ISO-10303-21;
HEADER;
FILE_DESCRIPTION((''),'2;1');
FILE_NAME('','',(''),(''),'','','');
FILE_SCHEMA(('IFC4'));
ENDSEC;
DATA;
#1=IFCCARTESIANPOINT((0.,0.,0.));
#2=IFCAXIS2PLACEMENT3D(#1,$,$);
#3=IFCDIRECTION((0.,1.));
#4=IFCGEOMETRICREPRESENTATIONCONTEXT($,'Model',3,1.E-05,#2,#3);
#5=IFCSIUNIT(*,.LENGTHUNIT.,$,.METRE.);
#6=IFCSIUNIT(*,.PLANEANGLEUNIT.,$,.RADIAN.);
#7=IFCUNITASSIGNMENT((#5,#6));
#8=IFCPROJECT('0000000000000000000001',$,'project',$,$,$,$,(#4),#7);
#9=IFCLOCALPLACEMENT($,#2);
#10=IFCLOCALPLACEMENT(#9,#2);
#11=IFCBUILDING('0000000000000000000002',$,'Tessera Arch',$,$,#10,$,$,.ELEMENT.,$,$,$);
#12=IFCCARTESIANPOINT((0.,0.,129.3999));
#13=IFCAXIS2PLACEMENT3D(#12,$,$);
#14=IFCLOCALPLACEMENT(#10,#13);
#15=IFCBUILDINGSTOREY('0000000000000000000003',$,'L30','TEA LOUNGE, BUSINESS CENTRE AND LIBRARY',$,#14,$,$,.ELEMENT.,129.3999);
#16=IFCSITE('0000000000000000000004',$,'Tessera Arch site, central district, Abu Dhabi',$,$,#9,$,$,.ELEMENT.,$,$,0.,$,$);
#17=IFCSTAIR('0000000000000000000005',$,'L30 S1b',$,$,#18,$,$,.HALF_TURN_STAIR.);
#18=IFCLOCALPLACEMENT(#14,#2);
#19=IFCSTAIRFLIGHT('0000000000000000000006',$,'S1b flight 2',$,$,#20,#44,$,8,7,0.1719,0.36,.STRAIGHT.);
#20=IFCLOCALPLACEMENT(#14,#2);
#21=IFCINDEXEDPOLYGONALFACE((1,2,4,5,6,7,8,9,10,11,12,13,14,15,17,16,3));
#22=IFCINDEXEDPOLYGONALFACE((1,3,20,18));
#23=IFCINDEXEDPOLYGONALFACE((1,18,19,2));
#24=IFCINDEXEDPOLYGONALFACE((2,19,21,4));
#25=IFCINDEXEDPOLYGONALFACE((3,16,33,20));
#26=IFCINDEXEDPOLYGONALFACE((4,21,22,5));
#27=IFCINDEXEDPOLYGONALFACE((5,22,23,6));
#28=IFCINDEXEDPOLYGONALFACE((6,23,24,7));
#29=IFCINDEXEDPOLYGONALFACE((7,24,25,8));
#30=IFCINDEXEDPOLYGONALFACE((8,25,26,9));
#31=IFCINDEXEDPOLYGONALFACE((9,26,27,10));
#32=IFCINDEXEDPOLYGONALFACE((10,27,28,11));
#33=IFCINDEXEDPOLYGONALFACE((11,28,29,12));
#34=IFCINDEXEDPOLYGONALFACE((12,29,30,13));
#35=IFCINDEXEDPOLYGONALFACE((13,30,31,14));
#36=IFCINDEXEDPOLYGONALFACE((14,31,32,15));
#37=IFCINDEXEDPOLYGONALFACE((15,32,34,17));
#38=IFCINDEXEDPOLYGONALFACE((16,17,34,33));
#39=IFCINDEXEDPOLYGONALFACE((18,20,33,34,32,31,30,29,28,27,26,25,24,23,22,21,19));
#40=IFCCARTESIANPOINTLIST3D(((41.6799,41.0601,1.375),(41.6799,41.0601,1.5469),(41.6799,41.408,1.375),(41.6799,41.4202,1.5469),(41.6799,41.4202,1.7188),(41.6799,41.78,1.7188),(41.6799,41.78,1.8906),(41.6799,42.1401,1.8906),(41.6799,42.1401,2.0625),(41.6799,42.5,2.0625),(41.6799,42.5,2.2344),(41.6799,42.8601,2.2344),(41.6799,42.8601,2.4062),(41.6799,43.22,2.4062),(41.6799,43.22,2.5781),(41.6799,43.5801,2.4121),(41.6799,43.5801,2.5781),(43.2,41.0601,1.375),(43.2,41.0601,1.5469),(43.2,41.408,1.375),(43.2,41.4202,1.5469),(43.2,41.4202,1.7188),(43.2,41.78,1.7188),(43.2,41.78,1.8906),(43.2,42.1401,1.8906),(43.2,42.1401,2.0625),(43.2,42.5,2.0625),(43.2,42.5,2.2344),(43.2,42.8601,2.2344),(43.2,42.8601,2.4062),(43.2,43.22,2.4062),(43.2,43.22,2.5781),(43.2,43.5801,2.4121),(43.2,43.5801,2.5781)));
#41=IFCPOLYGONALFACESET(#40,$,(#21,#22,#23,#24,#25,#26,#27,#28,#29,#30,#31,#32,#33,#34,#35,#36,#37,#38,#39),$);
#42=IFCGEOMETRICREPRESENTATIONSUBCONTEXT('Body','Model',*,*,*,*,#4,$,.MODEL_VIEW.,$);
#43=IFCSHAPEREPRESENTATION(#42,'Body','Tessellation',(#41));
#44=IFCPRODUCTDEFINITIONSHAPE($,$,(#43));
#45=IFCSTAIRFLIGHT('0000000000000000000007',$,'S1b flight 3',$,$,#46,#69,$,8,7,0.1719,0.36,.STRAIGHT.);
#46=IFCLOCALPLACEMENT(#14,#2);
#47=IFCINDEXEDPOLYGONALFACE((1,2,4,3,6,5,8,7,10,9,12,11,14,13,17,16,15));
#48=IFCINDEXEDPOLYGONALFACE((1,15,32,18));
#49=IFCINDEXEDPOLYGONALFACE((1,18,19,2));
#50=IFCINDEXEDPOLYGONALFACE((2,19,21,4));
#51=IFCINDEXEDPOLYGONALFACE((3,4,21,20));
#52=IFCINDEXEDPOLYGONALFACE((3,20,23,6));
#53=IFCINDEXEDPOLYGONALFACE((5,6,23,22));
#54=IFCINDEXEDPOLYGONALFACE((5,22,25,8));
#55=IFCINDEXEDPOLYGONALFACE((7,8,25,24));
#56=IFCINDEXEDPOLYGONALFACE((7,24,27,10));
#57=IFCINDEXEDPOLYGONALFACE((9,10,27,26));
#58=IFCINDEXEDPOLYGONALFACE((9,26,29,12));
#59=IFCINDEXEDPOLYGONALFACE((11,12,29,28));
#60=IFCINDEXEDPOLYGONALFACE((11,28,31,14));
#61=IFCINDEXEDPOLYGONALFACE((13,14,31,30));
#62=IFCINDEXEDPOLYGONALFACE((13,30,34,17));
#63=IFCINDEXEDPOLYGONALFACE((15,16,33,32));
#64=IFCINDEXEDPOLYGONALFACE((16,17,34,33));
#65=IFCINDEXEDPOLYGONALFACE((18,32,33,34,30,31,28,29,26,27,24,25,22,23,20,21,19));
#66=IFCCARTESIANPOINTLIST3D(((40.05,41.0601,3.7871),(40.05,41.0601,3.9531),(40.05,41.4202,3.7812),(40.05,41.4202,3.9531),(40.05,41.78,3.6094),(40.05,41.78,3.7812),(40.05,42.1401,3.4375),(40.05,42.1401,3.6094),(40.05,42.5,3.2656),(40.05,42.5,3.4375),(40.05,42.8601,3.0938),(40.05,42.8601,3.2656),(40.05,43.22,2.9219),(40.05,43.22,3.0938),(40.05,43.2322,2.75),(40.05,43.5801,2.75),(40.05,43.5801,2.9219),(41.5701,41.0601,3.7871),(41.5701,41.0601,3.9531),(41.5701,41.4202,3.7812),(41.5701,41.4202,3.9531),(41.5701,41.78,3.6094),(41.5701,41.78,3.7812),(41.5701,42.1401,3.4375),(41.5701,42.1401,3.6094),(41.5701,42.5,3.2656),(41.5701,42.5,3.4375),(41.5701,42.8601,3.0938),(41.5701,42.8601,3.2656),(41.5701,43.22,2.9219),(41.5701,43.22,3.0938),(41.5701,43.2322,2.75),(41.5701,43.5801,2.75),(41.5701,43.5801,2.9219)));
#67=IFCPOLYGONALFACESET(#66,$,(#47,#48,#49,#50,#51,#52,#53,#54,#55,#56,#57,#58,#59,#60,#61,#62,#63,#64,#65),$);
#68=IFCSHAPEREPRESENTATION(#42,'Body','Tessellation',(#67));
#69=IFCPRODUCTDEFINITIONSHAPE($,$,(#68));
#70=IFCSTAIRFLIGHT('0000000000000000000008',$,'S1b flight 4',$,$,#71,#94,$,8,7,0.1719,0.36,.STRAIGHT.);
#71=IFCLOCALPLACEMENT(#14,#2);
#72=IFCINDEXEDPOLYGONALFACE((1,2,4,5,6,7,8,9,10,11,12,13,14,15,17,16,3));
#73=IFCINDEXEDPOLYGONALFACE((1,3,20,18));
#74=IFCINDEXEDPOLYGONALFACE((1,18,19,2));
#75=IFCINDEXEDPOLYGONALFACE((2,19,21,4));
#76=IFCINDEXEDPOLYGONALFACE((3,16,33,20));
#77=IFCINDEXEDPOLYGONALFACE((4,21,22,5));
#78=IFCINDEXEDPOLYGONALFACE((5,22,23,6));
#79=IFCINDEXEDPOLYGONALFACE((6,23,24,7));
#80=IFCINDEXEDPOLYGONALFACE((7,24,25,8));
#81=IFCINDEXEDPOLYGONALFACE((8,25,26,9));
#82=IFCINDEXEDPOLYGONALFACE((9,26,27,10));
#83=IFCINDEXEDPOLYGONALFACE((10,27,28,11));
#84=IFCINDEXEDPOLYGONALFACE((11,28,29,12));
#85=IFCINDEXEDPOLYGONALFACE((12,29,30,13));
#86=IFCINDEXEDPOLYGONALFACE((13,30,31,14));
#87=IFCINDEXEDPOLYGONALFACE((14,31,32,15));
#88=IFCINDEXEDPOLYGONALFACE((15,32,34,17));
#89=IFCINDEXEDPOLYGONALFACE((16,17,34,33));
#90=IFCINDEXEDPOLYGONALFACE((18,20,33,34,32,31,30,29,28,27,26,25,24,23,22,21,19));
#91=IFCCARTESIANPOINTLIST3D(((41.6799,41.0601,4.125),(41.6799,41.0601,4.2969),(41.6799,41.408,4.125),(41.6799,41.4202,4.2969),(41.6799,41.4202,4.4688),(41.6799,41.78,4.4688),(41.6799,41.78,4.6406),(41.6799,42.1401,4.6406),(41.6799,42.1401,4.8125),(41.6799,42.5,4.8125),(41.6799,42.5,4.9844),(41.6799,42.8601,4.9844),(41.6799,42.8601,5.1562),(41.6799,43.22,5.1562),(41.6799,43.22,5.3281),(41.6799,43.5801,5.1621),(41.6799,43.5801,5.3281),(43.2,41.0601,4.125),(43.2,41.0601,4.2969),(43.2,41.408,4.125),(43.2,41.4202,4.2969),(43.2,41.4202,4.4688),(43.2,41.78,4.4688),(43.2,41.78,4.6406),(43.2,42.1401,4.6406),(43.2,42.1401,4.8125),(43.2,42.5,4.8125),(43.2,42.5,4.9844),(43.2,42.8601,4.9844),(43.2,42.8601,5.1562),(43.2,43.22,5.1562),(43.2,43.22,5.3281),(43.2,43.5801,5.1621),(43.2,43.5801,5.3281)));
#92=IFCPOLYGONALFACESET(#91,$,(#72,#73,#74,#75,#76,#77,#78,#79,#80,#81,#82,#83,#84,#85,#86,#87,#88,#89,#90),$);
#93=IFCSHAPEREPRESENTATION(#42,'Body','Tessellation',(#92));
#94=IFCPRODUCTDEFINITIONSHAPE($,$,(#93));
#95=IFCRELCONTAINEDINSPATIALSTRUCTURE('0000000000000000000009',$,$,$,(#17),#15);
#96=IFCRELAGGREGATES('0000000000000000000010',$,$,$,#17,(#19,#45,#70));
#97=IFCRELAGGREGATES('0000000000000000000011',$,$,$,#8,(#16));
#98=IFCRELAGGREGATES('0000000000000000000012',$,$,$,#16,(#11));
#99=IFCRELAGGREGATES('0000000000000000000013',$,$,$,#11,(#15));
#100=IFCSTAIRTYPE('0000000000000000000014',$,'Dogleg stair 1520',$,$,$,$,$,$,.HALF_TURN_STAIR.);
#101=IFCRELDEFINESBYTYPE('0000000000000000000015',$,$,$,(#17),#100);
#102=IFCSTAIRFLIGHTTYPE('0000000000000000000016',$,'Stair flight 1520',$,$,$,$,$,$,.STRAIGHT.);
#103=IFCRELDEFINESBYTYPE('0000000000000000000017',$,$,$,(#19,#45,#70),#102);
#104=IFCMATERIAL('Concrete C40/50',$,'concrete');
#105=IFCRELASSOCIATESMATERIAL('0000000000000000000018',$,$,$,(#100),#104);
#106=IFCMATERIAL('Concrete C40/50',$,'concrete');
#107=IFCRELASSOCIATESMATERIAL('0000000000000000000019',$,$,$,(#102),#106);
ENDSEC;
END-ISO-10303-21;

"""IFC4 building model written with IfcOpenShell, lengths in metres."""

from ifc_helpers import new_model, si_unit, direction, frame, origin, place, context, subcontext, project, spatial, polyline, outline, extrude, material, type_object, element, aggregate, save


model = new_model("IFC4")

# Units and contexts
model_context = context("Model", 3, precision=1e-05, world=origin(), true_north=direction((0.0, 1.0)))
body_context = subcontext(model_context, "Body", "Model", "MODEL_VIEW")
ifc_project = project(units=[si_unit("LENGTHUNIT", "METRE"), si_unit("PLANEANGLEUNIT", "RADIAN")], contexts=[model_context])

# Site, building, storey
site_placement = place(None, origin())
site = spatial("IfcSite", under=ifc_project, at=site_placement, Name="Tessera Arch site, central district, Abu Dhabi", CompositionType="ELEMENT", RefElevation=0.0)
building_placement = place(site_placement, origin())
building = spatial("IfcBuilding", under=site, at=building_placement, Name="Tessera Arch", CompositionType="ELEMENT")
storey_placement = place(building_placement, frame((0.0, 0.0, 129.3999)))
storey = spatial("IfcBuildingStorey", under=building, at=storey_placement, Name="L30", Description="TEA LOUNGE, BUSINESS CENTRE AND LIBRARY", CompositionType="ELEMENT", Elevation=129.3999)

# Stair, stair flights
ifc_material_1 = material(Name="Concrete C40/50", Category="concrete")
stair_type = type_object("IfcStairType", Name="Dogleg stair 1520", PredefinedType="HALF_TURN_STAIR", material=ifc_material_1)
ifc_material_2 = material(Name="Concrete C40/50", Category="concrete")
stair_flight_type = type_object("IfcStairFlightType", Name="Stair flight 1520", PredefinedType="STRAIGHT", material=ifc_material_2)
stair_1_placement = place(storey_placement, origin())
stair_1 = element("IfcStair", 1, at=stair_1_placement, inside=storey, type_object=stair_type, Name="L30 S1b", PredefinedType="HALF_TURN_STAIR")
stair_flight_1_placement = place(storey_placement, frame((42.4399, 41.0601, 1.375), z_axis=(0.0, 0.0, 1.0), x_axis=(0.0, 1.0, 0.0)))
stair_flight_1 = element("IfcStairFlight", 2, at=stair_flight_1_placement, type_object=stair_flight_type, Name="S1b flight 2", NumberOfRisers=8, NumberOfTreads=7, PredefinedType="STRAIGHT", RiserHeight=0.1719, TreadLength=0.36, context=body_context, shape_type="SweptSolid", body=[
    extrude(outline(polyline([(0.0, 0.0), (0.0, 0.1719), (0.3601, 0.1719), (0.3601, 0.3438), (0.72, 0.3438), (0.72, 0.5156), (1.0801, 0.5156), (1.0801, 0.6875), (1.4399, 0.6875), (1.4399, 0.8594), (1.8, 0.8594), (1.8, 1.0312), (2.1599, 1.0312), (2.1599, 1.2031), (2.52, 1.2031), (2.52, 1.375), (2.52, 1.0371), (0.3479, 0.0), (0.0, 0.0)])), frame((0.0, 0.76, 0.0), z_axis=(0.0, -1.0, 0.0), x_axis=(1.0, 0.0, 0.0)), (0.0, 0.0, 1.0), 1.52),
])
stair_flight_2_placement = place(storey_placement, frame((40.8101, 43.5801, 2.75), z_axis=(0.0, 0.0, 1.0), x_axis=(0.0, -1.0, 0.0)))
stair_flight_2 = element("IfcStairFlight", 3, at=stair_flight_2_placement, type_object=stair_flight_type, Name="S1b flight 3", NumberOfRisers=8, NumberOfTreads=7, PredefinedType="STRAIGHT", RiserHeight=0.1719, TreadLength=0.36, context=body_context, shape_type="SweptSolid", body=[
    extrude(outline(polyline([(0.0, 0.0), (0.0, 0.1719), (0.3601, 0.1719), (0.3601, 0.3438), (0.72, 0.3438), (0.72, 0.5156), (1.0801, 0.5156), (1.0801, 0.6875), (1.4399, 0.6875), (1.4399, 0.8594), (1.8, 0.8594), (1.8, 1.0312), (2.1599, 1.0312), (2.1599, 1.2031), (2.52, 1.2031), (2.52, 1.375), (2.52, 1.0371), (0.3479, 0.0), (0.0, 0.0)])), frame((0.0, 0.76, 0.0), z_axis=(0.0, -1.0, 0.0), x_axis=(1.0, 0.0, 0.0)), (0.0, 0.0, 1.0), 1.52),
])
stair_flight_3_placement = place(storey_placement, frame((42.4399, 41.0601, 4.125), z_axis=(0.0, 0.0, 1.0), x_axis=(0.0, 1.0, 0.0)))
stair_flight_3 = element("IfcStairFlight", 4, at=stair_flight_3_placement, type_object=stair_flight_type, Name="S1b flight 4", NumberOfRisers=8, NumberOfTreads=7, PredefinedType="STRAIGHT", RiserHeight=0.1719, TreadLength=0.36, context=body_context, shape_type="SweptSolid", body=[
    extrude(outline(polyline([(0.0, 0.0), (0.0, 0.1719), (0.3601, 0.1719), (0.3601, 0.3438), (0.72, 0.3438), (0.72, 0.5156), (1.0801, 0.5156), (1.0801, 0.6875), (1.4399, 0.6875), (1.4399, 0.8594), (1.8, 0.8594), (1.8, 1.0312), (2.1599, 1.0312), (2.1599, 1.2031), (2.52, 1.2031), (2.52, 1.375), (2.52, 1.0371), (0.3479, 0.0), (0.0, 0.0)])), frame((0.0, 0.76, 0.0), z_axis=(0.0, -1.0, 0.0), x_axis=(1.0, 0.0, 0.0)), (0.0, 0.0, 1.0), 1.52),
])
aggregate(stair_1, [stair_flight_1, stair_flight_2, stair_flight_3])

save(model, "model.ifc")
